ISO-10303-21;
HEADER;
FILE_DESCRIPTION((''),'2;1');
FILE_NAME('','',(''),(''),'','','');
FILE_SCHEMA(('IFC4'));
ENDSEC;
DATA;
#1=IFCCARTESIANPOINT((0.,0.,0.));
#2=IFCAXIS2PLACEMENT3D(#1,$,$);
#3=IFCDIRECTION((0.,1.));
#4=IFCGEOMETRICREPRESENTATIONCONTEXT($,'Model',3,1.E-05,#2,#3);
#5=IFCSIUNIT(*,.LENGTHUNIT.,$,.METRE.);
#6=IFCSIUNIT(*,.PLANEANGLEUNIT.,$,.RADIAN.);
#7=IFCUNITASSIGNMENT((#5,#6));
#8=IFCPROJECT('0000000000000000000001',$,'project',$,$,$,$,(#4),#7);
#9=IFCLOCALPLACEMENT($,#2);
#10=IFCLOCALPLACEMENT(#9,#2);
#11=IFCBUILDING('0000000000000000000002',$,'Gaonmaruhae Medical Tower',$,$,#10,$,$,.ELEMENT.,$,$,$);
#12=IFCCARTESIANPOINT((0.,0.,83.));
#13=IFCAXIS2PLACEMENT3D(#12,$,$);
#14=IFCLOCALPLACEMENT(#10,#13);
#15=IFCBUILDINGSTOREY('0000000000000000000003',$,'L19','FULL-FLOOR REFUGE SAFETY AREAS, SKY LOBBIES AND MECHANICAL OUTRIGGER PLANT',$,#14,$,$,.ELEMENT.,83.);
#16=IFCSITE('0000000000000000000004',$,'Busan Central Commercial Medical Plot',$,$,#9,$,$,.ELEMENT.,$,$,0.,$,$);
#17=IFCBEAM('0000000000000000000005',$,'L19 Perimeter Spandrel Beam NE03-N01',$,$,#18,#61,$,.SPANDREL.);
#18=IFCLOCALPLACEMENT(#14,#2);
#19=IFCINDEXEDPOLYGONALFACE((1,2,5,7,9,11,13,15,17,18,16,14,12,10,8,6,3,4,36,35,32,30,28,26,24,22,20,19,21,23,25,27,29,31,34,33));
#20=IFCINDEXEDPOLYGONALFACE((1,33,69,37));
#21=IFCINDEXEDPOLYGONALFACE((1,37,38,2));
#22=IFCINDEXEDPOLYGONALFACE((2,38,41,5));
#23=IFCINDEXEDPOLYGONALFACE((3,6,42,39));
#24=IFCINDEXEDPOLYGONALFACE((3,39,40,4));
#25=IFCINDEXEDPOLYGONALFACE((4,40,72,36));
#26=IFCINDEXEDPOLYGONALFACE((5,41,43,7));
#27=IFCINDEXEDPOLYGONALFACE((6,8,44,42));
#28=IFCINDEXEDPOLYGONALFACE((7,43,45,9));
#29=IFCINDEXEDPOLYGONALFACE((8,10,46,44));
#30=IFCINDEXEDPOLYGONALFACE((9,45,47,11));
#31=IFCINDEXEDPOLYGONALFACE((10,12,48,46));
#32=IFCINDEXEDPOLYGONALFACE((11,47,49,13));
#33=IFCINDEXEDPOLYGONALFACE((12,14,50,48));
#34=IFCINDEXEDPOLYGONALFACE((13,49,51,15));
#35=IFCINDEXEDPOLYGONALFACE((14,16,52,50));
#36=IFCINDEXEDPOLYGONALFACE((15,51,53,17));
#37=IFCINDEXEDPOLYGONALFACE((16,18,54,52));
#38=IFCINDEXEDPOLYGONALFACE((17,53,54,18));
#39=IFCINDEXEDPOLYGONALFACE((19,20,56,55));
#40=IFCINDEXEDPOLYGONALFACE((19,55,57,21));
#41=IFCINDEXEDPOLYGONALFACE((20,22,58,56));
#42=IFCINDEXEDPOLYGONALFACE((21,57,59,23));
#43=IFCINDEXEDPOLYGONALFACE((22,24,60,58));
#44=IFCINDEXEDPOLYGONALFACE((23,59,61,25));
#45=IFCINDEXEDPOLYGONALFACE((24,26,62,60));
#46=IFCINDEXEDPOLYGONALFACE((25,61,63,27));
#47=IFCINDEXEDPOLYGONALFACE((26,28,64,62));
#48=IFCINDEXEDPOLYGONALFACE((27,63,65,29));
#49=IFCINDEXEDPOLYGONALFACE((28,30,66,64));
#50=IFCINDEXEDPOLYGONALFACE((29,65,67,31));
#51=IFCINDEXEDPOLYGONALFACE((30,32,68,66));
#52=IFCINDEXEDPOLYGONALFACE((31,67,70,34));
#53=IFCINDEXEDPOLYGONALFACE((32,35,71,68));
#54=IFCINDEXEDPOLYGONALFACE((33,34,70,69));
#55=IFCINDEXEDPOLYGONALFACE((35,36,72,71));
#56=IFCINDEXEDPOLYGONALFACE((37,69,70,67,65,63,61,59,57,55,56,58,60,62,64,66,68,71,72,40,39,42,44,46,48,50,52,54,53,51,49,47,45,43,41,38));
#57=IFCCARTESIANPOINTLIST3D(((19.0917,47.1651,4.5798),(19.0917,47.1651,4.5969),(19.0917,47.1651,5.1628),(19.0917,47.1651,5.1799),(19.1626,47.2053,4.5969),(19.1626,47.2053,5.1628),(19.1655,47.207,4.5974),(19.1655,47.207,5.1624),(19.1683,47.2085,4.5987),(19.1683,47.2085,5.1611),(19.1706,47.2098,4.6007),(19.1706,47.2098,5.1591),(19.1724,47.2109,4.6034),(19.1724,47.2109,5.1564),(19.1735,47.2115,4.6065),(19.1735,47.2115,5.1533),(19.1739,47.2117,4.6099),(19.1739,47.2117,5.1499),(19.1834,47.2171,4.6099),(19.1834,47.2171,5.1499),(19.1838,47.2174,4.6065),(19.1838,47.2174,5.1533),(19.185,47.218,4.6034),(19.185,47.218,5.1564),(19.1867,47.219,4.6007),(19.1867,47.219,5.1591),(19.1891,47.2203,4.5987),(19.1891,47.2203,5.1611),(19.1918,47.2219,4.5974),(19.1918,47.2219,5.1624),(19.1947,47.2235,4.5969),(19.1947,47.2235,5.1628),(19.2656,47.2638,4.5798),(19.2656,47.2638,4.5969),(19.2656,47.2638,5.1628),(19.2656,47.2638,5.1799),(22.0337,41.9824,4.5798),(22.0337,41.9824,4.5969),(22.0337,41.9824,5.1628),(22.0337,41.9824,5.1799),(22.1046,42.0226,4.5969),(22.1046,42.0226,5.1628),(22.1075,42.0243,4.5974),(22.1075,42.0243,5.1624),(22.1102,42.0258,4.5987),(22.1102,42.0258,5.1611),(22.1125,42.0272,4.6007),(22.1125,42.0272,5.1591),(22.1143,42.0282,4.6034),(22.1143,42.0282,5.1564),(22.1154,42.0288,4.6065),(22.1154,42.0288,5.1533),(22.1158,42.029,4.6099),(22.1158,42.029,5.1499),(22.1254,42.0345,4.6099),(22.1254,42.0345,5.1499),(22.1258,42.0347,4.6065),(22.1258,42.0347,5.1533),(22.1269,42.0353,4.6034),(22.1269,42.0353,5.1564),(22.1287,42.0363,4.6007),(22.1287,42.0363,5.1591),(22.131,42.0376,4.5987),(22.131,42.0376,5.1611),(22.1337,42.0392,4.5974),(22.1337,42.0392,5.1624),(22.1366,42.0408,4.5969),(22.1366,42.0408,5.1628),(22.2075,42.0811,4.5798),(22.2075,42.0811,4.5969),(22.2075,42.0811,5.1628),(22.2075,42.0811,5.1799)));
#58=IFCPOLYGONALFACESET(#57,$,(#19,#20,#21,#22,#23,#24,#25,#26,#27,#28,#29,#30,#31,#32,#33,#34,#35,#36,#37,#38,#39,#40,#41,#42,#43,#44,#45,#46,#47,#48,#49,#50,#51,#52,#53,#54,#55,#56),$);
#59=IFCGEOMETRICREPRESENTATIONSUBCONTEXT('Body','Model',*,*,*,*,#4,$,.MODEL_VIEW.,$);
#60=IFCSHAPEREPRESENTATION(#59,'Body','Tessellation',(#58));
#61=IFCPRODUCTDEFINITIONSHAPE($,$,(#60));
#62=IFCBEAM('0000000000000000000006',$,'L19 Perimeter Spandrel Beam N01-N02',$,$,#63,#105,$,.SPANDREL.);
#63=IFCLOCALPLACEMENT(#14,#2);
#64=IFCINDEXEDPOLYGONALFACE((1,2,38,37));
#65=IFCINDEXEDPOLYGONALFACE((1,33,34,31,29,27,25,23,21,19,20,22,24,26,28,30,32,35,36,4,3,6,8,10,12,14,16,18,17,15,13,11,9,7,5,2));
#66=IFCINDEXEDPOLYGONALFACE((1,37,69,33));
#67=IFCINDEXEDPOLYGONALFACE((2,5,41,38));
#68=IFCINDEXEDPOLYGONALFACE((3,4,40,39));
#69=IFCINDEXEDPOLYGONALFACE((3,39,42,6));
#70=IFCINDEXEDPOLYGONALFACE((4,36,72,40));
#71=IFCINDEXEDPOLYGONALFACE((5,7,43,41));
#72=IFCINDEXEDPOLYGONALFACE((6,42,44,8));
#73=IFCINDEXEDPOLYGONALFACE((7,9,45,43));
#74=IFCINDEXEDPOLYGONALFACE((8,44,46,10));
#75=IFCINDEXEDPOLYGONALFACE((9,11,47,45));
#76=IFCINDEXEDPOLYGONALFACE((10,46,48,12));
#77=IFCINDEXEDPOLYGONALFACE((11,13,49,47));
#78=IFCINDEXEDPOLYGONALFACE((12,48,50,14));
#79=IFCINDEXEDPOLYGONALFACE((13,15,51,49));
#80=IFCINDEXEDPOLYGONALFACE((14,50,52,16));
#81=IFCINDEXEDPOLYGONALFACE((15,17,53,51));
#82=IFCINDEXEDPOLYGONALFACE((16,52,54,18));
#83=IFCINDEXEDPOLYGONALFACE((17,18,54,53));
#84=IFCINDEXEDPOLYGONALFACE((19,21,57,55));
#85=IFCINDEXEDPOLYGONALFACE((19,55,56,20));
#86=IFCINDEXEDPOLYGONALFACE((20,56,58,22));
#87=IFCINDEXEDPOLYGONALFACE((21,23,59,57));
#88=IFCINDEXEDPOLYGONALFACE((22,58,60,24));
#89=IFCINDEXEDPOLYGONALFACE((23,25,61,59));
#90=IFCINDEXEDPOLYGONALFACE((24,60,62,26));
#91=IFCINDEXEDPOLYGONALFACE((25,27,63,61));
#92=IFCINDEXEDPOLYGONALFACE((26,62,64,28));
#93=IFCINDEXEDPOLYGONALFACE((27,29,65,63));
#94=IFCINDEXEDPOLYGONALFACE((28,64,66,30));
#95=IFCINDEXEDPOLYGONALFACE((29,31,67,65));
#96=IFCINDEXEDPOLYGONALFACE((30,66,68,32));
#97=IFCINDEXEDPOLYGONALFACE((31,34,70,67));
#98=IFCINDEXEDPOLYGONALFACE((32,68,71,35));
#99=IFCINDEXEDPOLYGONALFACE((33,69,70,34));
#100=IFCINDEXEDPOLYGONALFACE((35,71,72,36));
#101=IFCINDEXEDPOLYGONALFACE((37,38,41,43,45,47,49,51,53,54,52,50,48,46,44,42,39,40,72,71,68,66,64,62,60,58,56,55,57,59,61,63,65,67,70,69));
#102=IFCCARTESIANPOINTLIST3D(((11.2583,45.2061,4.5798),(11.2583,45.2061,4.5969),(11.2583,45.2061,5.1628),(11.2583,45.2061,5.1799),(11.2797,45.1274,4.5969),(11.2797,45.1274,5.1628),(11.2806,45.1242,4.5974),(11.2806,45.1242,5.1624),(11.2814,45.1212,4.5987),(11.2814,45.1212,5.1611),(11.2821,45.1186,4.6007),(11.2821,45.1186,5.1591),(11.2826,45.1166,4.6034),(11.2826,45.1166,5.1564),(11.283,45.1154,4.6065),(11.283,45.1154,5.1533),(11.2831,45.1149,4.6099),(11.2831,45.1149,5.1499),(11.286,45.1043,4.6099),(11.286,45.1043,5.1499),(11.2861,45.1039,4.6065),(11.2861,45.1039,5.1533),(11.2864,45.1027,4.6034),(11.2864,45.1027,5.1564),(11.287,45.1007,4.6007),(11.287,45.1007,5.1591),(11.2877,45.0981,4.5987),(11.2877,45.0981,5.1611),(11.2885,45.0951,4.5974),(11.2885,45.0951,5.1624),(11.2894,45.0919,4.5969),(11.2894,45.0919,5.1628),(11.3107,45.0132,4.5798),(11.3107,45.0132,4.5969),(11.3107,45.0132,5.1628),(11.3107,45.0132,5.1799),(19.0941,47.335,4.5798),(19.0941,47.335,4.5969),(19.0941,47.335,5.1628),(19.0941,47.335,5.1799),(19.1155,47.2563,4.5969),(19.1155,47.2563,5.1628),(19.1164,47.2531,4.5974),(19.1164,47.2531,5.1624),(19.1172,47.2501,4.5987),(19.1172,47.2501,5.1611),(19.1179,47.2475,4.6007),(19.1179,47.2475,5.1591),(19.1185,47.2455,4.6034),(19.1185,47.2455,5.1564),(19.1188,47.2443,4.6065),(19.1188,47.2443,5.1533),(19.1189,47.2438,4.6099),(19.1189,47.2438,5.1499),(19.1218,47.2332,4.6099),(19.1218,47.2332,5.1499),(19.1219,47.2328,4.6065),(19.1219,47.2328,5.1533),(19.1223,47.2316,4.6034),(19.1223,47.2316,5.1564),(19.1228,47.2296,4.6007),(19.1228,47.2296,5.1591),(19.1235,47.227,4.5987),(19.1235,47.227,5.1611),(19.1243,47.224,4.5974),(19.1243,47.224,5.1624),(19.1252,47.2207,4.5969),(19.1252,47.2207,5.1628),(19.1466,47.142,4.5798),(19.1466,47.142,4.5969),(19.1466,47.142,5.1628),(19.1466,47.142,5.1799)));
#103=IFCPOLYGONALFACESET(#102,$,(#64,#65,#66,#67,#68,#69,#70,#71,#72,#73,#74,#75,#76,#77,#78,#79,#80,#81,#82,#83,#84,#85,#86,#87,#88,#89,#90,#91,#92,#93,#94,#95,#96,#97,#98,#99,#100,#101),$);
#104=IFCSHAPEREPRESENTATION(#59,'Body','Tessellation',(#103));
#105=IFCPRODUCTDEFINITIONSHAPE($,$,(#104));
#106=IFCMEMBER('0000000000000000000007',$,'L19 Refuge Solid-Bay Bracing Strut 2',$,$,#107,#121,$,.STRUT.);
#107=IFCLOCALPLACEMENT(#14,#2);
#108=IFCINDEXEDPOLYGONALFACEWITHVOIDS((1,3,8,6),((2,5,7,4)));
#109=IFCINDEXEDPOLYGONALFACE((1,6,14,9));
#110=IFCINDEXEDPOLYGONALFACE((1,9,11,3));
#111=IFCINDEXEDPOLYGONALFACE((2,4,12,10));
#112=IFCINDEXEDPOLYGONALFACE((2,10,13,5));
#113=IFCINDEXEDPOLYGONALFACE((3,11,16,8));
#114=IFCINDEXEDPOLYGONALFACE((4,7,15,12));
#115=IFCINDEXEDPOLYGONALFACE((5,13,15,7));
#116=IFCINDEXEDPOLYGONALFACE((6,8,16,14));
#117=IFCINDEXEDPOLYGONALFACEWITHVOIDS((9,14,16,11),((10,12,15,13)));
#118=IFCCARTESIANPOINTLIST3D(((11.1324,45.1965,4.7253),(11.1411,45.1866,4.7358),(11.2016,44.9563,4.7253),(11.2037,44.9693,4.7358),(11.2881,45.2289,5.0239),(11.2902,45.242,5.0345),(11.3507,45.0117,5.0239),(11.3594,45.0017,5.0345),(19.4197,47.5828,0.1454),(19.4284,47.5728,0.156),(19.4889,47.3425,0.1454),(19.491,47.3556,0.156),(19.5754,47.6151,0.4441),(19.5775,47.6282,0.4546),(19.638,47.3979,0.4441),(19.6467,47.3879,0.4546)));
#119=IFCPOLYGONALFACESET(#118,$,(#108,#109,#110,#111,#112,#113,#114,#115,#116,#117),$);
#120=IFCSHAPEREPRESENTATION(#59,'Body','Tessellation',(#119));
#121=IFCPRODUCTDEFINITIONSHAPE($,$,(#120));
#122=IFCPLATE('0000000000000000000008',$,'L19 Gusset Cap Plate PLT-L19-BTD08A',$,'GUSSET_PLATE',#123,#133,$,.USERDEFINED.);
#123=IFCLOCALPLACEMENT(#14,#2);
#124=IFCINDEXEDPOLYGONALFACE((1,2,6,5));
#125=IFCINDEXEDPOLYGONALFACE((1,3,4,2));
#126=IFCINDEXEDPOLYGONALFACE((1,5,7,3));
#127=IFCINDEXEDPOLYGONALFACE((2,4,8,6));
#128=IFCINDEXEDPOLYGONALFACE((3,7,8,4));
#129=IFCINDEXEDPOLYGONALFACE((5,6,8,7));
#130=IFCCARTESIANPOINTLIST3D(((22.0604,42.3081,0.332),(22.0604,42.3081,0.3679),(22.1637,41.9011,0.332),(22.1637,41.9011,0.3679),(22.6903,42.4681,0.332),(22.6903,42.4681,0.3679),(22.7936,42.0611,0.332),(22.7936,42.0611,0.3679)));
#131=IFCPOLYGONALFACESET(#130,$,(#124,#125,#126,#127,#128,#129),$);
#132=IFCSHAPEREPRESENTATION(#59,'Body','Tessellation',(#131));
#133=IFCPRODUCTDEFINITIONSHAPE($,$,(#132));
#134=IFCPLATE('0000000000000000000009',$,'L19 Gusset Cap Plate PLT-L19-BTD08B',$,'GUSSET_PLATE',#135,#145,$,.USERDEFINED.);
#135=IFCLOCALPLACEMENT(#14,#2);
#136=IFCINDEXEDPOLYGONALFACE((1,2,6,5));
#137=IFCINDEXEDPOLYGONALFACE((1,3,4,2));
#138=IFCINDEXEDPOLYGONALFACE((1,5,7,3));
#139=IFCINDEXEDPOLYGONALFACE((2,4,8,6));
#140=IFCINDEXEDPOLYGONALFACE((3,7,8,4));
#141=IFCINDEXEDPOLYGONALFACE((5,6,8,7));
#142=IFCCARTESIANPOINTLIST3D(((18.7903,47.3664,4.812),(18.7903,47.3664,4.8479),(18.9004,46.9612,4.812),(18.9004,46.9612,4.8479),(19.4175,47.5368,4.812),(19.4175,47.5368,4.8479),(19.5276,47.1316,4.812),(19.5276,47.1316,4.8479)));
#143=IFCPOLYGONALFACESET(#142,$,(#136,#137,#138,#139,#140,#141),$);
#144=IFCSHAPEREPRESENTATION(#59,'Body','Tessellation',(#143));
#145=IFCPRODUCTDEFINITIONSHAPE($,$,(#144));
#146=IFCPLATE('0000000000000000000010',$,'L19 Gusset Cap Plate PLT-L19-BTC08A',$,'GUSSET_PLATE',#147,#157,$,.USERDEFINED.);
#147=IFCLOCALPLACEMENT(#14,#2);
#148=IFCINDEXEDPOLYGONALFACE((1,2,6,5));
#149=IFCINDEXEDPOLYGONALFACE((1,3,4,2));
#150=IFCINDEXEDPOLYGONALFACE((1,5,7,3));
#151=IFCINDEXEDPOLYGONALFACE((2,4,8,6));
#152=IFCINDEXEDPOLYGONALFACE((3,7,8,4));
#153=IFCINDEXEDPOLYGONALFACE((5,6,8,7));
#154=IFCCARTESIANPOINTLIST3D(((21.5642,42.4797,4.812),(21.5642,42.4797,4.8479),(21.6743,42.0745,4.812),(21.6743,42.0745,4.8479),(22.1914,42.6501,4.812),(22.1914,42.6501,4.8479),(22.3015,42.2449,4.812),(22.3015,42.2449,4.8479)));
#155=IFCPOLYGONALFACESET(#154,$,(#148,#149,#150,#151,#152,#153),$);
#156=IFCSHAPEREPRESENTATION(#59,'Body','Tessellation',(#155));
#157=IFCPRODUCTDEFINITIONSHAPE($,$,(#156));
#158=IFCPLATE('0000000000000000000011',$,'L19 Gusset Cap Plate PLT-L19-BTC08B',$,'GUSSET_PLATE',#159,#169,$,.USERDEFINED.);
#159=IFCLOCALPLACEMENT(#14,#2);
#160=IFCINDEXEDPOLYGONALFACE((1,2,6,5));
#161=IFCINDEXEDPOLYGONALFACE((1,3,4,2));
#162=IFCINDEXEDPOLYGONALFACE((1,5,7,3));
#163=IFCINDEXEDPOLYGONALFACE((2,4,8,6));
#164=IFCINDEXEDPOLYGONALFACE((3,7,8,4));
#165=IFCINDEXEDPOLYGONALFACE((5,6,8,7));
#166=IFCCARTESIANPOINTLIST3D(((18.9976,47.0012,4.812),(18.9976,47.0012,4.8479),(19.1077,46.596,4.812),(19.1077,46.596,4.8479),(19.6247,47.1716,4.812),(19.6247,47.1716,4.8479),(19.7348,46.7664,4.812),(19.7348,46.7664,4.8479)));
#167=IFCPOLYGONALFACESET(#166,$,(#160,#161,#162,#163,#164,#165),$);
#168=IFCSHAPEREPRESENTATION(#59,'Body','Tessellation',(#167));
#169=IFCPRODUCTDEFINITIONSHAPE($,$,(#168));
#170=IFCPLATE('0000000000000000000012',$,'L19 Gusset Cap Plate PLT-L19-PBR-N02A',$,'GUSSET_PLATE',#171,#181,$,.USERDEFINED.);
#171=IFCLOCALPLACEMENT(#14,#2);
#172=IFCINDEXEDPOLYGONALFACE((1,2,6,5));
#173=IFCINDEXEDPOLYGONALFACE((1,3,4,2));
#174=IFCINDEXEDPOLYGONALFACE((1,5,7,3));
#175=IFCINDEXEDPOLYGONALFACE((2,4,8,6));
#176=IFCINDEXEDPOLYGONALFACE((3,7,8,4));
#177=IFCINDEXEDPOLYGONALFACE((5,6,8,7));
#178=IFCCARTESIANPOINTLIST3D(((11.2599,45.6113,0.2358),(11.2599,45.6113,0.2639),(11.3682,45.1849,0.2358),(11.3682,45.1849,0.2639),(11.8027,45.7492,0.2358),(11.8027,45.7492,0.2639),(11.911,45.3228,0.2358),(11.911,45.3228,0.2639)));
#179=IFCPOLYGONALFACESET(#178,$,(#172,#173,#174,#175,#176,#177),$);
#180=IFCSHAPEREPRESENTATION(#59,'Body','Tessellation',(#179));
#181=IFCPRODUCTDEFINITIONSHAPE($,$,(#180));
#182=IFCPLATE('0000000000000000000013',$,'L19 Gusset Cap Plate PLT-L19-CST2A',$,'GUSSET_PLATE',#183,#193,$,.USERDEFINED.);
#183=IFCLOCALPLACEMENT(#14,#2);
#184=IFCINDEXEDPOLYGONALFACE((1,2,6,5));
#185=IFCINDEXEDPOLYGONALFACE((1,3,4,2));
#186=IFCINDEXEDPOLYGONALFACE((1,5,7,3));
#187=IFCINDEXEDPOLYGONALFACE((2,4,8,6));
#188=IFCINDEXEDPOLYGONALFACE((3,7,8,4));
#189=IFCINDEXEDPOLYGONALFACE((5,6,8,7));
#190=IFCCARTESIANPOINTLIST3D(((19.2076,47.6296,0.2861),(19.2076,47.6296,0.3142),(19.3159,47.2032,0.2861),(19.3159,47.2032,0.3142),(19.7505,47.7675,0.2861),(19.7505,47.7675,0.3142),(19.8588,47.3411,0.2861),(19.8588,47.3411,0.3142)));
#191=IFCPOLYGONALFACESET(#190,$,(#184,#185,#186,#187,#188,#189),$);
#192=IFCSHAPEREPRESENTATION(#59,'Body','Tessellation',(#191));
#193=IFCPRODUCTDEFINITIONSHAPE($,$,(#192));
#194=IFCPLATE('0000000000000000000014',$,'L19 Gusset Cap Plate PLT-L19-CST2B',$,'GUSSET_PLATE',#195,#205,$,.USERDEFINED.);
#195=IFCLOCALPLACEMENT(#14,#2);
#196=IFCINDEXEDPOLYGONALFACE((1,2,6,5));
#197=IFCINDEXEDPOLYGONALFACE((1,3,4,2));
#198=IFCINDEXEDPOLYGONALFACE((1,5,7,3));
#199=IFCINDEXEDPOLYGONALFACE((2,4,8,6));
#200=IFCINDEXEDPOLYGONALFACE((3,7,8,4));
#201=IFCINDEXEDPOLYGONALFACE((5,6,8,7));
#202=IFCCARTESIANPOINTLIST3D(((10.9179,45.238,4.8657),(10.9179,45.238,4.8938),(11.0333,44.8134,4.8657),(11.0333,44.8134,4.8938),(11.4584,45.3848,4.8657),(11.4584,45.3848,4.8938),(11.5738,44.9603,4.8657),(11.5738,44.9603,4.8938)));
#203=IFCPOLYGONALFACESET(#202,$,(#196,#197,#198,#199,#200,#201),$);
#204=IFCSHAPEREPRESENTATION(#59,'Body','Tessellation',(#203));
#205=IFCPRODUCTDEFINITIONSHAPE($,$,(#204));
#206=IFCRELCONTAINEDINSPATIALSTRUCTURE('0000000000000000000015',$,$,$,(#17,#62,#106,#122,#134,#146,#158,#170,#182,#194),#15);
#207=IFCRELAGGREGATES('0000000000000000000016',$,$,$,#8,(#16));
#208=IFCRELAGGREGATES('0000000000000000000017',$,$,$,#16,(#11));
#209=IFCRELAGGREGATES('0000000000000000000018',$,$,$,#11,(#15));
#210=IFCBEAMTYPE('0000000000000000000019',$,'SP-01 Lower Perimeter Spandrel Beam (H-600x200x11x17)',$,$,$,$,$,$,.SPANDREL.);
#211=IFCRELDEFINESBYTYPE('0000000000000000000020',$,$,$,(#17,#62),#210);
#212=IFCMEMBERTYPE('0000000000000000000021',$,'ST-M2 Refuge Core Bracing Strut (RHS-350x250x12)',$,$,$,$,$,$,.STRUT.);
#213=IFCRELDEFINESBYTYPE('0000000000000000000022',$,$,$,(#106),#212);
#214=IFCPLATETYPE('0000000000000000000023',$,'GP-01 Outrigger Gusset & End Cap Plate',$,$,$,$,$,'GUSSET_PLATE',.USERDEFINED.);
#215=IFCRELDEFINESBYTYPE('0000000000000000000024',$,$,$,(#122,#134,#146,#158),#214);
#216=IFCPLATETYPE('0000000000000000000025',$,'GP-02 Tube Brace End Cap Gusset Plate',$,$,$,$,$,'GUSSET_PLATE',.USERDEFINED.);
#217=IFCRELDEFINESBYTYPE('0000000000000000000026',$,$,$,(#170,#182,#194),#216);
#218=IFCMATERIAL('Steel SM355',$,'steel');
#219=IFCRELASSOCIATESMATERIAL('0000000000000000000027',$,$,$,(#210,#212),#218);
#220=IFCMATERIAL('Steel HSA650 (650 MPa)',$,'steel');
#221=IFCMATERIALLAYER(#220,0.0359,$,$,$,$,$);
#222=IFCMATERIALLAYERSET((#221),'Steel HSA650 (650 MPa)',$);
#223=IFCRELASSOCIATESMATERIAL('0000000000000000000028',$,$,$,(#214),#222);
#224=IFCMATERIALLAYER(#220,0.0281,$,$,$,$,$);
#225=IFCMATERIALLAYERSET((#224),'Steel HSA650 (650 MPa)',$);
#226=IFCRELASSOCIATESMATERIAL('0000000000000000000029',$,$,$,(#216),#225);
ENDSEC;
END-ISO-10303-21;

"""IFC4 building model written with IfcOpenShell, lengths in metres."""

from ifc_helpers import new_model, si_unit, direction, frame, origin, origin_2d, place, context, subcontext, project, spatial, rectangle, hollow_rectangle, i_section, extrude, material, layer, layer_set, material_profile, profile_set, type_object, element, save


model = new_model("IFC4")

# Units and contexts
model_context = context("Model", 3, precision=1e-05, world=origin(), true_north=direction((0.0, 1.0)))
body_context = subcontext(model_context, "Body", "Model", "MODEL_VIEW")
ifc_project = project(units=[si_unit("LENGTHUNIT", "METRE"), si_unit("PLANEANGLEUNIT", "RADIAN")], contexts=[model_context])

# Site, building, storey
site_placement = place(None, origin())
site = spatial("IfcSite", under=ifc_project, at=site_placement, Name="Busan Central Commercial Medical Plot", CompositionType="ELEMENT", RefElevation=0.0)
building_placement = place(site_placement, origin())
building = spatial("IfcBuilding", under=site, at=building_placement, Name="Gaonmaruhae Medical Tower", CompositionType="ELEMENT")
storey_placement = place(building_placement, frame((0.0, 0.0, 83.0)))
storey = spatial("IfcBuildingStorey", under=building, at=storey_placement, Name="L19", Description="FULL-FLOOR REFUGE SAFETY AREAS, SKY LOBBIES AND MECHANICAL OUTRIGGER PLANT", CompositionType="ELEMENT", Elevation=83.0)

# Shared definitions
ifc_material_1 = material(Name="Steel HSA650 (650 MPa)", Category="steel")

# Beams
ifc_material_2 = material(Name="Steel SM355", Category="steel")
ifc_material_profile_1 = material_profile(ifc_material_2, i_section(OverallWidth=0.2, OverallDepth=0.6001, WebThickness=0.011, FlangeThickness=0.0171, FilletRadius=0.0129, at=origin_2d()), Name="H-600x200x11x17")
ifc_profile_set_1 = profile_set([ifc_material_profile_1], Name="Steel SM355")
beam_type = type_object("IfcBeamType", Name="SP-01 Lower Perimeter Spandrel Beam (H-600x200x11x17)", PredefinedType="SPANDREL", material=ifc_profile_set_1)
beam_1_placement = place(storey_placement, frame((22.1206, 42.0317, 4.8799), z_axis=(-0.493657, 0.869656, 0.0), x_axis=(-0.869656, -0.493657, 0.0)))
element("IfcBeam", 1, at=beam_1_placement, inside=storey, type_object=beam_type, Name="L19 Perimeter Spandrel Beam NE03-N01", PredefinedType="SPANDREL", context=body_context, shape_type="SweptSolid", body=[
    extrude(i_section(OverallWidth=0.2, OverallDepth=0.6001, WebThickness=0.011, FlangeThickness=0.0171, FilletRadius=0.0129, at=origin_2d()), origin(), (0.0, 0.0, 1.0), 5.9595),
])
beam_2_placement = place(storey_placement, frame((19.1204, 47.2385, 4.8799), z_axis=(-0.965019, -0.262181, 0.0), x_axis=(0.262181, -0.965019, 0.0)))
element("IfcBeam", 2, at=beam_2_placement, inside=storey, type_object=beam_type, Name="L19 Perimeter Spandrel Beam N01-N02", PredefinedType="SPANDREL", context=body_context, shape_type="SweptSolid", body=[
    extrude(i_section(OverallWidth=0.2, OverallDepth=0.6001, WebThickness=0.011, FlangeThickness=0.0171, FilletRadius=0.0129, at=origin_2d()), origin(), (0.0, 0.0, 1.0), 8.1199),
])

# Member
ifc_material_profile_2 = material_profile(ifc_material_2, hollow_rectangle(XDim=0.25, YDim=0.3501, WallThickness=0.012, at=origin_2d()), Name="RHS-350x250x12")
ifc_profile_set_2 = profile_set([ifc_material_profile_2], Name="Steel SM355")
member_type_1 = type_object("IfcMemberType", Name="ST-M2 Refuge Core Bracing Strut (RHS-350x250x12)", PredefinedType="STRUT", material=ifc_profile_set_2)
member_1_placement = place(storey_placement, frame((19.5332, 47.4854, 0.3), z_axis=(-0.848706, -0.244373, 0.46902), x_axis=(0.276695, -0.960958, 0.0)))
element("IfcMember", 3, at=member_1_placement, inside=storey, type_object=member_type_1, Name="L19 Refuge Solid-Bay Bracing Strut 2", PredefinedType="STRUT", context=body_context, shape_type="SweptSolid", body=[
    extrude(hollow_rectangle(XDim=0.25, YDim=0.3501, WallThickness=0.012, at=origin_2d()), origin(), (0.0, 0.0, 1.0), 9.7646),
])

# Plates
ifc_layer_1 = layer(ifc_material_1, 0.0359)
ifc_layer_set_1 = layer_set([ifc_layer_1], Name="Steel HSA650 (650 MPa)")
plate_type_1 = type_object("IfcPlateType", Name="GP-01 Outrigger Gusset & End Cap Plate", ElementType="GUSSET_PLATE", PredefinedType="USERDEFINED", material=ifc_layer_set_1)
for number, where, z_axis, x_axis, name in (
    (4, (22.427, 42.1846, 0.332), (0.0, 0.0, 1.0), (0.969231, 0.246153, 0.0), "L19 Gusset Cap Plate PLT-L19-BTD08A"),
    (5, (19.1589, 47.249, 4.812), (0.0, 0.0, 1.0), (0.965016, 0.262189, 0.0), "L19 Gusset Cap Plate PLT-L19-BTD08B"),
    (6, (21.9329, 42.3623, 4.812), (0.0, 0.0, 1.0), (0.965016, 0.262189, 0.0), "L19 Gusset Cap Plate PLT-L19-BTC08A"),
    (7, (19.3662, 46.8838, 4.812), (0.0, 0.0, 1.0), (0.965016, 0.262189, 0.0), "L19 Gusset Cap Plate PLT-L19-BTC08B"),
):
    element("IfcPlate", number, at=place(storey_placement, frame(where, z_axis=z_axis, x_axis=x_axis)), inside=storey, type_object=plate_type_1, Name=name, ObjectType="GUSSET_PLATE", PredefinedType="USERDEFINED", context=body_context, shape_type="SweptSolid", body=[
        extrude(rectangle(XDim=0.6499, YDim=0.4199, at=origin_2d()), origin(), (0.0, 0.0, 1.0), 0.0359),
    ])
ifc_layer_2 = layer(ifc_material_1, 0.0281)
ifc_layer_set_2 = layer_set([ifc_layer_2], Name="Steel HSA650 (650 MPa)")
plate_type_2 = type_object("IfcPlateType", Name="GP-02 Tube Brace End Cap Gusset Plate", ElementType="GUSSET_PLATE", PredefinedType="USERDEFINED", material=ifc_layer_set_2)
for number, where, z_axis, x_axis, name in (
    (8, (11.5854, 45.467, 0.2358), (0.0, 0.0, 1.0), (0.969231, 0.246153, 0.0), "L19 Gusset Cap Plate PLT-L19-PBR-N02A"),
    (9, (19.5332, 47.4854, 0.2861), (0.0, 0.0, 1.0), (0.969231, 0.246153, 0.0), "L19 Gusset Cap Plate PLT-L19-CST2A"),
    (10, (11.2458, 45.0991, 4.8657), (0.0, 0.0, 1.0), (0.965016, 0.262189, 0.0), "L19 Gusset Cap Plate PLT-L19-CST2B"),
):
    element("IfcPlate", number, at=place(storey_placement, frame(where, z_axis=z_axis, x_axis=x_axis)), inside=storey, type_object=plate_type_2, Name=name, ObjectType="GUSSET_PLATE", PredefinedType="USERDEFINED", context=body_context, shape_type="SweptSolid", body=[
        extrude(rectangle(XDim=0.5601, YDim=0.4399, at=origin_2d()), origin(), (0.0, 0.0, 1.0), 0.0281),
    ])

save(model, "model.ifc")
